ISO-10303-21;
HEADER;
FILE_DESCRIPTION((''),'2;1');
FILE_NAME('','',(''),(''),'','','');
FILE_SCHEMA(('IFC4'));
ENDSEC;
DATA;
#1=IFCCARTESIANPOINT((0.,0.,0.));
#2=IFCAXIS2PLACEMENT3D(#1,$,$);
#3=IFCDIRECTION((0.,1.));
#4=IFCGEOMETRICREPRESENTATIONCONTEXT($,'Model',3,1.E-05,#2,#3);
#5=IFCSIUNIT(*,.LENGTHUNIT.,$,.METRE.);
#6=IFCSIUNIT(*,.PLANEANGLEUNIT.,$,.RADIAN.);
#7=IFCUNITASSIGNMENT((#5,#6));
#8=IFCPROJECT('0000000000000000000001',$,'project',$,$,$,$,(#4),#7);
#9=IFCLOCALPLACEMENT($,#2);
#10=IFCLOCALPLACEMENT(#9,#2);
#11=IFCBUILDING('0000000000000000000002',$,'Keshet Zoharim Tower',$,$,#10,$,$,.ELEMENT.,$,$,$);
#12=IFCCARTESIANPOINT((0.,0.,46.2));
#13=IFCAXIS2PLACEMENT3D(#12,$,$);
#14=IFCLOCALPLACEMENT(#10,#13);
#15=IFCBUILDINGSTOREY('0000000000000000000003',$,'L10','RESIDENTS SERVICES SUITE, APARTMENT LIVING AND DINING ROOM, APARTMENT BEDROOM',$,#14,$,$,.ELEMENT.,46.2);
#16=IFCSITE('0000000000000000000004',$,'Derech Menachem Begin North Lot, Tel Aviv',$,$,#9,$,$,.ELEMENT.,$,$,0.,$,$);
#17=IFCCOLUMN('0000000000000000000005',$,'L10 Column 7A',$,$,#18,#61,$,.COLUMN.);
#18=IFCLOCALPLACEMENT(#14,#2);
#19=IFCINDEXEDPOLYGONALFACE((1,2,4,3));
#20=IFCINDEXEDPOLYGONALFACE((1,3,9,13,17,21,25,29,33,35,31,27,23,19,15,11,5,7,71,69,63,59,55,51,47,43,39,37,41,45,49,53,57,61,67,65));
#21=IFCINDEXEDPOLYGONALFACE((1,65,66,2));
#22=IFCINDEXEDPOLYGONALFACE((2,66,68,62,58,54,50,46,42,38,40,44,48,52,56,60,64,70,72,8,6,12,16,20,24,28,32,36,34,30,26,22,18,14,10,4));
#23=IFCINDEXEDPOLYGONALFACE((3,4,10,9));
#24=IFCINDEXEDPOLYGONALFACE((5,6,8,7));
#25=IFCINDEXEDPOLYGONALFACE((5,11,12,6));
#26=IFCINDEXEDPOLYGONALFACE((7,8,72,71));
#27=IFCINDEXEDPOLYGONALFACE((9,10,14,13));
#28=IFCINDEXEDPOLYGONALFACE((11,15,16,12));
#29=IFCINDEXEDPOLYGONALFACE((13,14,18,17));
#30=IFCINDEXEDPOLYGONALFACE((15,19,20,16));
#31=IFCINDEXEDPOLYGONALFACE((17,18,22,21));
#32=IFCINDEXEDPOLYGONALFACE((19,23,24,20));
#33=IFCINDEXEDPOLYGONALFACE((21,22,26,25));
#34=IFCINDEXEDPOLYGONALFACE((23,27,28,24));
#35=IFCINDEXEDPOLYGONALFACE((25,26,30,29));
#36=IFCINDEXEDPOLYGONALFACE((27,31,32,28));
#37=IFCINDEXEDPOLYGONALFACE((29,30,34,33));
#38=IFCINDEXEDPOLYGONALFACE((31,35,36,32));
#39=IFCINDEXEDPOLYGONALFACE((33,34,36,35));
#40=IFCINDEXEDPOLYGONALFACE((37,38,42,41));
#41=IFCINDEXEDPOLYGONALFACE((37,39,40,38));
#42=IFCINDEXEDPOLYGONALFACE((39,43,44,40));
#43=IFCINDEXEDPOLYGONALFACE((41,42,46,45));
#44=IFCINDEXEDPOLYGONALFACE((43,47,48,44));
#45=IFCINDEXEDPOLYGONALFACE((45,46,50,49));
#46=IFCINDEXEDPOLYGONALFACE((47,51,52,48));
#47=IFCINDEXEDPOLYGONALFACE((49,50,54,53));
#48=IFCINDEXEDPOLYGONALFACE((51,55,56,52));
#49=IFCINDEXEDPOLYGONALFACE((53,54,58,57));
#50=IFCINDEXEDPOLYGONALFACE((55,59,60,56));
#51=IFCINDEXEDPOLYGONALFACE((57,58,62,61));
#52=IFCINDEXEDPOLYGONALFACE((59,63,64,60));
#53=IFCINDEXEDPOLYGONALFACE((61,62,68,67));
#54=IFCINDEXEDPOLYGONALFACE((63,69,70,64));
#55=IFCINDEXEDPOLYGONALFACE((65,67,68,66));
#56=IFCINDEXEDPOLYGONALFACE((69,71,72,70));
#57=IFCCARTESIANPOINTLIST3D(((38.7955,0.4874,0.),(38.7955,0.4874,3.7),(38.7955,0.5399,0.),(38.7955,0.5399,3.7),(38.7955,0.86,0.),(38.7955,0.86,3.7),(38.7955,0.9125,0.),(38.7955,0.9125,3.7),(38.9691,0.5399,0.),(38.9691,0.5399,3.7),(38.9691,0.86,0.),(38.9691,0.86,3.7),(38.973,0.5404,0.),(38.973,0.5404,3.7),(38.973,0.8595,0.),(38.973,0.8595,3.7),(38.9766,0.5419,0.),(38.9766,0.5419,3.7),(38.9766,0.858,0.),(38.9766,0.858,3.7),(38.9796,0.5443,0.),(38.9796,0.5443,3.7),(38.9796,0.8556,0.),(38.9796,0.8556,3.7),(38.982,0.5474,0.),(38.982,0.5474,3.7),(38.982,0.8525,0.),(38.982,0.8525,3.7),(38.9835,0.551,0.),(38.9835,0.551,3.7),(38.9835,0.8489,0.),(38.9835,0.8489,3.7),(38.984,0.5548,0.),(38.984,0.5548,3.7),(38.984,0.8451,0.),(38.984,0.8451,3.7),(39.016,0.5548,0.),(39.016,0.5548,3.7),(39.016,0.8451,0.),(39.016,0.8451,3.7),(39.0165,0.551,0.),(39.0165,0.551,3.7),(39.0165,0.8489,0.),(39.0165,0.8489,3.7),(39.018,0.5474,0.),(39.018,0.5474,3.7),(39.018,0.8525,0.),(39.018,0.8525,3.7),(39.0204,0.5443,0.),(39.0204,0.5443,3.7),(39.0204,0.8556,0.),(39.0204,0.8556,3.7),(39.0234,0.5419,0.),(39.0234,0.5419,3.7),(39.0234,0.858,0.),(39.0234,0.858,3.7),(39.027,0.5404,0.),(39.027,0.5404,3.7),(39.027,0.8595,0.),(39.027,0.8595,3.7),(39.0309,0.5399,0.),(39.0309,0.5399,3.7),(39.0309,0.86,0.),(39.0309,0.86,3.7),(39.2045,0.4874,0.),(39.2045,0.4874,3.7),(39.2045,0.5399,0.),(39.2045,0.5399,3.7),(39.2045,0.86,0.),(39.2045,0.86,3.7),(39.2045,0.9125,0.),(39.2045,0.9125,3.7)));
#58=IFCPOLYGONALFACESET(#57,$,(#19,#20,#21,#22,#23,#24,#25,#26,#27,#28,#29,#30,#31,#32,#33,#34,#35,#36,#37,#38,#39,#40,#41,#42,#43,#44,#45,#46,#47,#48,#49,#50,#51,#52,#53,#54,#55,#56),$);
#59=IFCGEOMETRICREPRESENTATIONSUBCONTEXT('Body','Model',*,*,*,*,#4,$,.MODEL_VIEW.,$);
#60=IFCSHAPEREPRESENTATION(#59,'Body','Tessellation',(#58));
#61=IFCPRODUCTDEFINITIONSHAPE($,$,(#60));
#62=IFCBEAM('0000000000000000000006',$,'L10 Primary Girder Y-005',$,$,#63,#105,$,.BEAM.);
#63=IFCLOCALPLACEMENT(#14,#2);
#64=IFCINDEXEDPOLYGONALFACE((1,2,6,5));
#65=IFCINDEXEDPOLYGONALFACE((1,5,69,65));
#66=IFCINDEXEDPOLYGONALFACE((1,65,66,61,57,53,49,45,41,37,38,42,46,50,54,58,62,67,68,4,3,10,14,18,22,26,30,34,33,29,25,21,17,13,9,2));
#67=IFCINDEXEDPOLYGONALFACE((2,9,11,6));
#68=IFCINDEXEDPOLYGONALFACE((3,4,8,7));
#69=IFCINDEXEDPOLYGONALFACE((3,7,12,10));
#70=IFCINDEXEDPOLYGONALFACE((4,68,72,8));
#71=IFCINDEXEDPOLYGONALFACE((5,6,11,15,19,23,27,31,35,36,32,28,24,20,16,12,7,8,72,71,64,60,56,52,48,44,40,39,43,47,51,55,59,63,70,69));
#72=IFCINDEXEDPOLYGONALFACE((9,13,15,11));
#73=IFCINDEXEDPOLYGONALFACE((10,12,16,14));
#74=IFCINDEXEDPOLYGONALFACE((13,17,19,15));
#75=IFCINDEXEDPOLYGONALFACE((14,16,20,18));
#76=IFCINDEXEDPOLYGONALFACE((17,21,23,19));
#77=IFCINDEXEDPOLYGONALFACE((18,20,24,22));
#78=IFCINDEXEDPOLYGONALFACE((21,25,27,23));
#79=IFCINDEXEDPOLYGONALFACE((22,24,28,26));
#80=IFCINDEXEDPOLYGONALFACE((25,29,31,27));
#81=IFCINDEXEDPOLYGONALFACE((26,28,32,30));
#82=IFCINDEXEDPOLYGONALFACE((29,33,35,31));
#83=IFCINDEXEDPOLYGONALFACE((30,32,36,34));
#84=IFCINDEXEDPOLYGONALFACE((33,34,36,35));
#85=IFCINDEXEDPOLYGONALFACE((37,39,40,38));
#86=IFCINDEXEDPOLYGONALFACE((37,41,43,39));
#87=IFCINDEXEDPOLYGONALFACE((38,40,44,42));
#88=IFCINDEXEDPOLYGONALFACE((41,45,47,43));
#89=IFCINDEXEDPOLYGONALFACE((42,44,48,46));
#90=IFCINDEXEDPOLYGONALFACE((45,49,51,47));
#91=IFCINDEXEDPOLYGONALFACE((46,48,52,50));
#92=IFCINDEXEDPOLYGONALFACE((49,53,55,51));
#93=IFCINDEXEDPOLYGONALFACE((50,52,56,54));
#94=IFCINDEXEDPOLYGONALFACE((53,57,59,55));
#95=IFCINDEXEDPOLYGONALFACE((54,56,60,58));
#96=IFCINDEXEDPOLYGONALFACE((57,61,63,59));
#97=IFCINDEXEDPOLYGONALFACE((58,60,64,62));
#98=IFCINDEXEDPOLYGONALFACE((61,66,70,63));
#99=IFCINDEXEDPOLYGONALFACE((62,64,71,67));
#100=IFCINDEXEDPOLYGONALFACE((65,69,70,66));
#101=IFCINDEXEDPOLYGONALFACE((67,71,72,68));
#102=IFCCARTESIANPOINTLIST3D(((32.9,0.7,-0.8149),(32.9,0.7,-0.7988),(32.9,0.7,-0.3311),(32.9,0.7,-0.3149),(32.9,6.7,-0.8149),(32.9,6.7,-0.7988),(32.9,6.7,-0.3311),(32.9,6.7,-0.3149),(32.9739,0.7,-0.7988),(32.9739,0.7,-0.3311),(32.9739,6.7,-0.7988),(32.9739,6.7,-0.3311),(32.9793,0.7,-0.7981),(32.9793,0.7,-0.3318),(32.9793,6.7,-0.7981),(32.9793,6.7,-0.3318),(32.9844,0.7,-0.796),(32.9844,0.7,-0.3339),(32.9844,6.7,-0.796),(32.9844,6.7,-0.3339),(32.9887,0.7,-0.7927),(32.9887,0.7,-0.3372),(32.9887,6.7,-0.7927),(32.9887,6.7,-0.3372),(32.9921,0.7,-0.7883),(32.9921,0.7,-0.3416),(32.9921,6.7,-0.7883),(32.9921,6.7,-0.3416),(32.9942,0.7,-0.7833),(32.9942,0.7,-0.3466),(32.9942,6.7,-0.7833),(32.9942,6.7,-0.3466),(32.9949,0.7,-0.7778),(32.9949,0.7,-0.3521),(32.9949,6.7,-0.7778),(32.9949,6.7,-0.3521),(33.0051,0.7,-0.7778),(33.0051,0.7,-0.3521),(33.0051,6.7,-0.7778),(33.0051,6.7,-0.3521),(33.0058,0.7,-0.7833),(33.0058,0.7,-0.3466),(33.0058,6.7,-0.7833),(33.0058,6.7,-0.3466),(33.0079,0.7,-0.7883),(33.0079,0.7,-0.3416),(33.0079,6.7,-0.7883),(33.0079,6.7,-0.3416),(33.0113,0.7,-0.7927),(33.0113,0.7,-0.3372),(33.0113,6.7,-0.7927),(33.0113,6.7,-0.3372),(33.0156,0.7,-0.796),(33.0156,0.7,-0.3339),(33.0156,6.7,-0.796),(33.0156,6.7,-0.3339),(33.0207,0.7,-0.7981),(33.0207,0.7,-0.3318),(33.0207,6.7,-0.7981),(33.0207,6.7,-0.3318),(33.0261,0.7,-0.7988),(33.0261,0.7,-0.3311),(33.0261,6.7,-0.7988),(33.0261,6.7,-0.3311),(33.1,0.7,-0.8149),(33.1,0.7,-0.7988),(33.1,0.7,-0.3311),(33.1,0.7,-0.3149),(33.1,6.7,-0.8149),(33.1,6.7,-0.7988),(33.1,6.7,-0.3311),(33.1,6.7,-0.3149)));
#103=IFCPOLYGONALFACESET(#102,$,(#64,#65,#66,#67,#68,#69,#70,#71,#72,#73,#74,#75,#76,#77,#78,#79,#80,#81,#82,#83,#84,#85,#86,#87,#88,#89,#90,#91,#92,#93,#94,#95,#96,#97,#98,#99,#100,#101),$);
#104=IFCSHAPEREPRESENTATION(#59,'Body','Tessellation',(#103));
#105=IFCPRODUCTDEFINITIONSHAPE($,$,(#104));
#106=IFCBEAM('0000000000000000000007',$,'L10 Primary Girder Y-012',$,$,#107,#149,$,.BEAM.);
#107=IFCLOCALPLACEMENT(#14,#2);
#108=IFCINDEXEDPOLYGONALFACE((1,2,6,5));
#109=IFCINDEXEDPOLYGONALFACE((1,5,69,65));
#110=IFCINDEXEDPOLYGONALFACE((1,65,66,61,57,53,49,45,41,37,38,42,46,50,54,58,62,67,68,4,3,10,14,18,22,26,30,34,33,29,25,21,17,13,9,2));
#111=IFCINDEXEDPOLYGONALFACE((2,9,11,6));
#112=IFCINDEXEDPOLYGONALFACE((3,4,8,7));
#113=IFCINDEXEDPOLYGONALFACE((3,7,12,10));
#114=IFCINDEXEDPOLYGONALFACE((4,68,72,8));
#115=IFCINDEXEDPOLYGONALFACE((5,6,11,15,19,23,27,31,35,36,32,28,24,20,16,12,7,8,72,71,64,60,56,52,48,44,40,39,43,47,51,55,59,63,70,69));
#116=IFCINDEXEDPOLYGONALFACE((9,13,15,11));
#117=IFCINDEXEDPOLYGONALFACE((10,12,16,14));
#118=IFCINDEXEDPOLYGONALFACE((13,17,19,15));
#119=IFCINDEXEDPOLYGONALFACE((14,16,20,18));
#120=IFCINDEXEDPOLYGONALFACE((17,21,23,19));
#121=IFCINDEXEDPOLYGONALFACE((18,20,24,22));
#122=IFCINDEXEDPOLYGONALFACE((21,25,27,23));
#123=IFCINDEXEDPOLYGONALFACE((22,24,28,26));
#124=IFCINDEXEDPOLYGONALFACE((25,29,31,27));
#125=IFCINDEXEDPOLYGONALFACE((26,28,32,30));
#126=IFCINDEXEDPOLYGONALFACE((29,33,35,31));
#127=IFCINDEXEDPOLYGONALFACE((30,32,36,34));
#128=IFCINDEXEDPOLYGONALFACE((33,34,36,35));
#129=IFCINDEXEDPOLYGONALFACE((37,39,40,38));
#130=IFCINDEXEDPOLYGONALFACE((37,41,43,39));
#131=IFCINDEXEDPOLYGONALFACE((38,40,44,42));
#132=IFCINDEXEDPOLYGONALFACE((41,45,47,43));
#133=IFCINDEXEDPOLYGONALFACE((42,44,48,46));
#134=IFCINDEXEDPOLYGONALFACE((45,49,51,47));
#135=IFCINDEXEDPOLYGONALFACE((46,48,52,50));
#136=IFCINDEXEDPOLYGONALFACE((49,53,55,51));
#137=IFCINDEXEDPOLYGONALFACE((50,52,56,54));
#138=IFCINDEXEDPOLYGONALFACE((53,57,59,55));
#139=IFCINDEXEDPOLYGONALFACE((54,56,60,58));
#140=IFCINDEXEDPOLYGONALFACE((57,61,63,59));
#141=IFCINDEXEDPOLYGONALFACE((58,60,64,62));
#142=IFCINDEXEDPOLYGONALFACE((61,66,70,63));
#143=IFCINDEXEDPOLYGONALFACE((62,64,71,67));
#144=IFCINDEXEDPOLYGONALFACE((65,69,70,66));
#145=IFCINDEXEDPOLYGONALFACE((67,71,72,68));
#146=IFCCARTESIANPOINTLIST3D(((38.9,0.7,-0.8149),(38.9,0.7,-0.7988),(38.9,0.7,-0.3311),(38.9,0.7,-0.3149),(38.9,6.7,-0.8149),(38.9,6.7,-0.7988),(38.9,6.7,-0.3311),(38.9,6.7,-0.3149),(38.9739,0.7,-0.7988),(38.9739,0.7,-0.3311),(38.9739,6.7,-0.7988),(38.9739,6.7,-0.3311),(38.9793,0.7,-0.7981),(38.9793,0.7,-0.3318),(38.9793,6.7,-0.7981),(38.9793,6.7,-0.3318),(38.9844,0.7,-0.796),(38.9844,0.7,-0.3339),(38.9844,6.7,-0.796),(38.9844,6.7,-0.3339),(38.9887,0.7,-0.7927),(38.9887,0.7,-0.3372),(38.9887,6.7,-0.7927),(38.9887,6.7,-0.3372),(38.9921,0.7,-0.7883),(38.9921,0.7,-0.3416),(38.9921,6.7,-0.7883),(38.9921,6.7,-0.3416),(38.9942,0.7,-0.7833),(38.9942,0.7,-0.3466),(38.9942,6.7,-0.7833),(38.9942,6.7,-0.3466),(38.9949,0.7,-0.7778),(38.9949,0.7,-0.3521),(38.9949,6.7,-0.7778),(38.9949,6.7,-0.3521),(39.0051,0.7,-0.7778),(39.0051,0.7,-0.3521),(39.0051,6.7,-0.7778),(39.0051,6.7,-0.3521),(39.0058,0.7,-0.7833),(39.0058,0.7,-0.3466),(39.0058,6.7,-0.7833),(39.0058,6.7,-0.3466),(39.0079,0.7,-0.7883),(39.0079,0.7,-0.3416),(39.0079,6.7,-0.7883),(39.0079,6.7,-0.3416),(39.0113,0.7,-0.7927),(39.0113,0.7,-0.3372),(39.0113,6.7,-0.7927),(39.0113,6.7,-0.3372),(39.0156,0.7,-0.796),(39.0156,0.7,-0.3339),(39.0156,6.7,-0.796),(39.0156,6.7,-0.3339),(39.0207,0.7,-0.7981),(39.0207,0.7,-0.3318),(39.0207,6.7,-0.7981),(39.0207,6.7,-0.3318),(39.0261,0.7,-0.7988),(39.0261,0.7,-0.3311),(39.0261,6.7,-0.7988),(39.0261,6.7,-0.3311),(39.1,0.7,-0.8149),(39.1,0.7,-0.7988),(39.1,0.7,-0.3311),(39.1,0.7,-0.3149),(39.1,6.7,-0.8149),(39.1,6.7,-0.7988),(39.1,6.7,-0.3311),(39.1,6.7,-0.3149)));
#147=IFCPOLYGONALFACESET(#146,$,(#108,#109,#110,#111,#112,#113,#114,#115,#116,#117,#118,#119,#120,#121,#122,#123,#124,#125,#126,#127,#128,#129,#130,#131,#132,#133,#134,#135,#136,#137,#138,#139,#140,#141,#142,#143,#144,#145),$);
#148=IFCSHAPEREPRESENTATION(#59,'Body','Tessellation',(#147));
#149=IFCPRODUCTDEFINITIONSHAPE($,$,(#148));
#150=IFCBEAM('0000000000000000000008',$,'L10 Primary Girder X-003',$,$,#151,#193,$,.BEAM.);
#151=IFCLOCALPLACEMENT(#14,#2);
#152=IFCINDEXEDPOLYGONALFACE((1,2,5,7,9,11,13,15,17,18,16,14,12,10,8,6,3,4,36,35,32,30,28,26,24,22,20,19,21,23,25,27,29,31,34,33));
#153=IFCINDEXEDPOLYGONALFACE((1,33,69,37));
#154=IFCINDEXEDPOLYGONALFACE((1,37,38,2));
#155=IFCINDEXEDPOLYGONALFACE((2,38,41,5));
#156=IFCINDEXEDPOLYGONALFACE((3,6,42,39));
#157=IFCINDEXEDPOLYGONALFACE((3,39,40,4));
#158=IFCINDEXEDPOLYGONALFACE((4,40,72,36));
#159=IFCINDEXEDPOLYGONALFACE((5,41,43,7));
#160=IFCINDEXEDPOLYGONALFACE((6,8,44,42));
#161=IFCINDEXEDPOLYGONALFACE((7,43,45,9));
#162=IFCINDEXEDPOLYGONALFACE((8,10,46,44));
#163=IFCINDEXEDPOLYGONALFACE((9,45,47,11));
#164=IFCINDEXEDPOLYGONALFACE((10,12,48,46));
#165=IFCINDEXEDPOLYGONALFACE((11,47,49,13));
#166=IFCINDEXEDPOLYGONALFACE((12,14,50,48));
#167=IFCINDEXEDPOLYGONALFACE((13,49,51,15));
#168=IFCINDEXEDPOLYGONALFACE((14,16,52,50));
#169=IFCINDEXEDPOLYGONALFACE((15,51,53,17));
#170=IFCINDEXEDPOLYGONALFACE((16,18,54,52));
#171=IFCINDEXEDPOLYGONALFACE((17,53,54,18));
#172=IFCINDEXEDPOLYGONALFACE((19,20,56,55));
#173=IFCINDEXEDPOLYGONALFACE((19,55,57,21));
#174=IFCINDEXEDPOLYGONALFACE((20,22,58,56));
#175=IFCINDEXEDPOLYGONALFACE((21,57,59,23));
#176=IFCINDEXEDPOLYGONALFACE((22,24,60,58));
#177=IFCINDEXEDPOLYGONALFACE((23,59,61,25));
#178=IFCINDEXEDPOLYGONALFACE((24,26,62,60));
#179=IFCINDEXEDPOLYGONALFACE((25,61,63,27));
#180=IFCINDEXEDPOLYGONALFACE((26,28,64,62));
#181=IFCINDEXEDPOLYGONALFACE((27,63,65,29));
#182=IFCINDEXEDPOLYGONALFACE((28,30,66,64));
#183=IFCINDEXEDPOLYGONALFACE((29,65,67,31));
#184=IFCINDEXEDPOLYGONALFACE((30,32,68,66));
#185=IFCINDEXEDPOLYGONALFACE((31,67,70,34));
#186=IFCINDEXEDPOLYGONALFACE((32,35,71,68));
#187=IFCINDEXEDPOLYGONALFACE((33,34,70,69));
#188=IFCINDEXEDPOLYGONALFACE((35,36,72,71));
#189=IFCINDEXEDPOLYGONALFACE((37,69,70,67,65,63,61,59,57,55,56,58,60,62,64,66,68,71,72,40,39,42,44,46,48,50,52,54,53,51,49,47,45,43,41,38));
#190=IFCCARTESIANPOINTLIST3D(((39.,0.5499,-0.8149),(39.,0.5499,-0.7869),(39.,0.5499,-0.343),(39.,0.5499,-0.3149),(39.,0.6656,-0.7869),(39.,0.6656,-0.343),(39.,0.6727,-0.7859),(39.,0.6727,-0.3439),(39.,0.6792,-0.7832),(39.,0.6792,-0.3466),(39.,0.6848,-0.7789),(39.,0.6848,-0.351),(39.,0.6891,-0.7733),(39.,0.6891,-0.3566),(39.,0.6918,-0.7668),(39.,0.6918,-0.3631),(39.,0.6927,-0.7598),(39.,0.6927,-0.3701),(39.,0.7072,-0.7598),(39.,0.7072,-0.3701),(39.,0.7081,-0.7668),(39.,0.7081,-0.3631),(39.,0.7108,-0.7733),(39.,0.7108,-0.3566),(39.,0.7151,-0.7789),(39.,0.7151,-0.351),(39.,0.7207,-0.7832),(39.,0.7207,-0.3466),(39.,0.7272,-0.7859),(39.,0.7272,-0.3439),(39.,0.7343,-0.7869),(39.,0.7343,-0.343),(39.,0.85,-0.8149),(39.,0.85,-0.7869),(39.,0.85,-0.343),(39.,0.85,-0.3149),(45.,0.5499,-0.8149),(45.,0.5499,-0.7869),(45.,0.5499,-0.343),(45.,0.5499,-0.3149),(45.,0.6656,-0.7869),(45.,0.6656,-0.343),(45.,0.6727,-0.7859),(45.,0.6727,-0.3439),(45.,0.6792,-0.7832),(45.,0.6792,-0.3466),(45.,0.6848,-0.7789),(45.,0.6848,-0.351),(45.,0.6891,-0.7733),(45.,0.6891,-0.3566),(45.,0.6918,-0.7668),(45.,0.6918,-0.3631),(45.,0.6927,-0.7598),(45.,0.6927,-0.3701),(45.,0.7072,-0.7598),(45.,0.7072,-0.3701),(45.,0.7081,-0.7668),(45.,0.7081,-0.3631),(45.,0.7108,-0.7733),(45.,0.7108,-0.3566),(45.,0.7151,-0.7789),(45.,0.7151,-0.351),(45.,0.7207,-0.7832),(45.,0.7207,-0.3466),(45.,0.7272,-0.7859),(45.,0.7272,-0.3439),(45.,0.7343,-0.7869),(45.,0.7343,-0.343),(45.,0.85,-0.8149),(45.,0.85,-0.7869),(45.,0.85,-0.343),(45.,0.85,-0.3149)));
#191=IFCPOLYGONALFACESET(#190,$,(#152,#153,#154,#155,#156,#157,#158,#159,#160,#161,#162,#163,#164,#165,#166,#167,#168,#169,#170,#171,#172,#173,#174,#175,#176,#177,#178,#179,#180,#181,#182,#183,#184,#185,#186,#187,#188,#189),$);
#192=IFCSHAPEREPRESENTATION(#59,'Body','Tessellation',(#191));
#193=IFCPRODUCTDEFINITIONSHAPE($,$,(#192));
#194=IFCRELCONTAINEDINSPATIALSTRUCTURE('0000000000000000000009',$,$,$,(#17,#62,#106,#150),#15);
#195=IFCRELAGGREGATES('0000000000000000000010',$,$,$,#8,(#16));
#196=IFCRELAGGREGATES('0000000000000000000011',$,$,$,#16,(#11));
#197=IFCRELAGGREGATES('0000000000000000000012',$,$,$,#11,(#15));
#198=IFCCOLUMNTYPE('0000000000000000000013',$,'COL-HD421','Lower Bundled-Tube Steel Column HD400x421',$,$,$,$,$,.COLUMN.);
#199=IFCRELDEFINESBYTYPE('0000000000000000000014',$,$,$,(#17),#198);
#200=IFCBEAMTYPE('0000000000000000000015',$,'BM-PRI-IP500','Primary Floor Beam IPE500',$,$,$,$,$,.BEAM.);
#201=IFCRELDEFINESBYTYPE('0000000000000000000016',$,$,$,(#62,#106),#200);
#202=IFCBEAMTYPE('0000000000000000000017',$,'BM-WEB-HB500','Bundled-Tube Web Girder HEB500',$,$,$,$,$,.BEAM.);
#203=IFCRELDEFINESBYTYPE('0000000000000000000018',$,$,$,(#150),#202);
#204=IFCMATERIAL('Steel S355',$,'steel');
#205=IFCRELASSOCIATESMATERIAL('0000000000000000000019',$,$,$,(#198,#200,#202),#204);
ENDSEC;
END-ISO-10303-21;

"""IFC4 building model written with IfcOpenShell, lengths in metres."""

from ifc_helpers import new_model, si_unit, direction, frame, origin, origin_2d, place, context, subcontext, project, spatial, i_section, extrude, material, material_profile, profile_set, type_object, element, save


model = new_model("IFC4")

# Units and contexts
model_context = context("Model", 3, precision=1e-05, world=origin(), true_north=direction((0.0, 1.0)))
body_context = subcontext(model_context, "Body", "Model", "MODEL_VIEW")
ifc_project = project(units=[si_unit("LENGTHUNIT", "METRE"), si_unit("PLANEANGLEUNIT", "RADIAN")], contexts=[model_context])

# Site, building, storey
site_placement = place(None, origin())
site = spatial("IfcSite", under=ifc_project, at=site_placement, Name="Derech Menachem Begin North Lot, Tel Aviv", CompositionType="ELEMENT", RefElevation=0.0)
building_placement = place(site_placement, origin())
building = spatial("IfcBuilding", under=site, at=building_placement, Name="Keshet Zoharim Tower", CompositionType="ELEMENT")
storey_placement = place(building_placement, frame((0.0, 0.0, 46.2)))
storey = spatial("IfcBuildingStorey", under=building, at=storey_placement, Name="L10", Description="RESIDENTS SERVICES SUITE, APARTMENT LIVING AND DINING ROOM, APARTMENT BEDROOM", CompositionType="ELEMENT", Elevation=46.2)

# Column
ifc_material_1 = material(Name="Steel S355", Category="steel")
ifc_material_profile_1 = material_profile(ifc_material_1, i_section(OverallWidth=0.4089, OverallDepth=0.425, WebThickness=0.032, FlangeThickness=0.0525, FilletRadius=0.0149, at=origin_2d()), Name="HD400x421")
ifc_profile_set_1 = profile_set([ifc_material_profile_1], Name="Steel S355")
column_type = type_object("IfcColumnType", Name="COL-HD421", Description="Lower Bundled-Tube Steel Column HD400x421", PredefinedType="COLUMN", material=ifc_profile_set_1)
column_placement = place(storey_placement, frame((39.0, 0.7, 0.0), z_axis=(0.0, 0.0, 1.0), x_axis=(1.0, 0.0, 0.0)))
element("IfcColumn", 1, at=column_placement, inside=storey, type_object=column_type, Name="L10 Column 7A", PredefinedType="COLUMN", context=body_context, shape_type="SweptSolid", body=[
    extrude(i_section(OverallWidth=0.4089, OverallDepth=0.425, WebThickness=0.032, FlangeThickness=0.0525, FilletRadius=0.0149, at=origin_2d()), origin(), (0.0, 0.0, 1.0), 3.7),
])

# Beams
ifc_material_profile_2 = material_profile(ifc_material_1, i_section(OverallWidth=0.2, OverallDepth=0.5, WebThickness=0.0103, FlangeThickness=0.0161, FilletRadius=0.021, at=origin_2d()), Name="IPE500")
ifc_profile_set_2 = profile_set([ifc_material_profile_2], Name="Steel S355")
beam_type_1 = type_object("IfcBeamType", Name="BM-PRI-IP500", Description="Primary Floor Beam IPE500", PredefinedType="BEAM", material=ifc_profile_set_2)
for number, where, z_axis, x_axis, name in (
    (2, (33.0, 0.7, -0.5649), (0.0, 1.0, 0.0), (-1.0, 0.0, 0.0), "L10 Primary Girder Y-005"),
    (3, (39.0, 0.7, -0.5649), (0.0, 1.0, 0.0), (-1.0, 0.0, 0.0), "L10 Primary Girder Y-012"),
):
    element("IfcBeam", number, at=place(storey_placement, frame(where, z_axis=z_axis, x_axis=x_axis)), inside=storey, type_object=beam_type_1, Name=name, PredefinedType="BEAM", context=body_context, shape_type="SweptSolid", body=[
        extrude(i_section(OverallWidth=0.2, OverallDepth=0.5, WebThickness=0.0103, FlangeThickness=0.0161, FilletRadius=0.021, at=origin_2d()), origin(), (0.0, 0.0, 1.0), 6.0),
    ])
ifc_material_profile_3 = material_profile(ifc_material_1, i_section(OverallWidth=0.3, OverallDepth=0.5, WebThickness=0.0144, FlangeThickness=0.0281, FilletRadius=0.0271, at=origin_2d()), Name="HEB500")
ifc_profile_set_3 = profile_set([ifc_material_profile_3], Name="Steel S355")
beam_type_2 = type_object("IfcBeamType", Name="BM-WEB-HB500", Description="Bundled-Tube Web Girder HEB500", PredefinedType="BEAM", material=ifc_profile_set_3)
beam_placement = place(storey_placement, frame((39.0, 0.7, -0.5649), z_axis=(1.0, 0.0, 0.0), x_axis=(0.0, 1.0, 0.0)))
element("IfcBeam", 4, at=beam_placement, inside=storey, type_object=beam_type_2, Name="L10 Primary Girder X-003", PredefinedType="BEAM", context=body_context, shape_type="SweptSolid", body=[
    extrude(i_section(OverallWidth=0.3, OverallDepth=0.5, WebThickness=0.0144, FlangeThickness=0.0281, FilletRadius=0.0271, at=origin_2d()), origin(), (0.0, 0.0, 1.0), 6.0),
])

save(model, "model.ifc")
